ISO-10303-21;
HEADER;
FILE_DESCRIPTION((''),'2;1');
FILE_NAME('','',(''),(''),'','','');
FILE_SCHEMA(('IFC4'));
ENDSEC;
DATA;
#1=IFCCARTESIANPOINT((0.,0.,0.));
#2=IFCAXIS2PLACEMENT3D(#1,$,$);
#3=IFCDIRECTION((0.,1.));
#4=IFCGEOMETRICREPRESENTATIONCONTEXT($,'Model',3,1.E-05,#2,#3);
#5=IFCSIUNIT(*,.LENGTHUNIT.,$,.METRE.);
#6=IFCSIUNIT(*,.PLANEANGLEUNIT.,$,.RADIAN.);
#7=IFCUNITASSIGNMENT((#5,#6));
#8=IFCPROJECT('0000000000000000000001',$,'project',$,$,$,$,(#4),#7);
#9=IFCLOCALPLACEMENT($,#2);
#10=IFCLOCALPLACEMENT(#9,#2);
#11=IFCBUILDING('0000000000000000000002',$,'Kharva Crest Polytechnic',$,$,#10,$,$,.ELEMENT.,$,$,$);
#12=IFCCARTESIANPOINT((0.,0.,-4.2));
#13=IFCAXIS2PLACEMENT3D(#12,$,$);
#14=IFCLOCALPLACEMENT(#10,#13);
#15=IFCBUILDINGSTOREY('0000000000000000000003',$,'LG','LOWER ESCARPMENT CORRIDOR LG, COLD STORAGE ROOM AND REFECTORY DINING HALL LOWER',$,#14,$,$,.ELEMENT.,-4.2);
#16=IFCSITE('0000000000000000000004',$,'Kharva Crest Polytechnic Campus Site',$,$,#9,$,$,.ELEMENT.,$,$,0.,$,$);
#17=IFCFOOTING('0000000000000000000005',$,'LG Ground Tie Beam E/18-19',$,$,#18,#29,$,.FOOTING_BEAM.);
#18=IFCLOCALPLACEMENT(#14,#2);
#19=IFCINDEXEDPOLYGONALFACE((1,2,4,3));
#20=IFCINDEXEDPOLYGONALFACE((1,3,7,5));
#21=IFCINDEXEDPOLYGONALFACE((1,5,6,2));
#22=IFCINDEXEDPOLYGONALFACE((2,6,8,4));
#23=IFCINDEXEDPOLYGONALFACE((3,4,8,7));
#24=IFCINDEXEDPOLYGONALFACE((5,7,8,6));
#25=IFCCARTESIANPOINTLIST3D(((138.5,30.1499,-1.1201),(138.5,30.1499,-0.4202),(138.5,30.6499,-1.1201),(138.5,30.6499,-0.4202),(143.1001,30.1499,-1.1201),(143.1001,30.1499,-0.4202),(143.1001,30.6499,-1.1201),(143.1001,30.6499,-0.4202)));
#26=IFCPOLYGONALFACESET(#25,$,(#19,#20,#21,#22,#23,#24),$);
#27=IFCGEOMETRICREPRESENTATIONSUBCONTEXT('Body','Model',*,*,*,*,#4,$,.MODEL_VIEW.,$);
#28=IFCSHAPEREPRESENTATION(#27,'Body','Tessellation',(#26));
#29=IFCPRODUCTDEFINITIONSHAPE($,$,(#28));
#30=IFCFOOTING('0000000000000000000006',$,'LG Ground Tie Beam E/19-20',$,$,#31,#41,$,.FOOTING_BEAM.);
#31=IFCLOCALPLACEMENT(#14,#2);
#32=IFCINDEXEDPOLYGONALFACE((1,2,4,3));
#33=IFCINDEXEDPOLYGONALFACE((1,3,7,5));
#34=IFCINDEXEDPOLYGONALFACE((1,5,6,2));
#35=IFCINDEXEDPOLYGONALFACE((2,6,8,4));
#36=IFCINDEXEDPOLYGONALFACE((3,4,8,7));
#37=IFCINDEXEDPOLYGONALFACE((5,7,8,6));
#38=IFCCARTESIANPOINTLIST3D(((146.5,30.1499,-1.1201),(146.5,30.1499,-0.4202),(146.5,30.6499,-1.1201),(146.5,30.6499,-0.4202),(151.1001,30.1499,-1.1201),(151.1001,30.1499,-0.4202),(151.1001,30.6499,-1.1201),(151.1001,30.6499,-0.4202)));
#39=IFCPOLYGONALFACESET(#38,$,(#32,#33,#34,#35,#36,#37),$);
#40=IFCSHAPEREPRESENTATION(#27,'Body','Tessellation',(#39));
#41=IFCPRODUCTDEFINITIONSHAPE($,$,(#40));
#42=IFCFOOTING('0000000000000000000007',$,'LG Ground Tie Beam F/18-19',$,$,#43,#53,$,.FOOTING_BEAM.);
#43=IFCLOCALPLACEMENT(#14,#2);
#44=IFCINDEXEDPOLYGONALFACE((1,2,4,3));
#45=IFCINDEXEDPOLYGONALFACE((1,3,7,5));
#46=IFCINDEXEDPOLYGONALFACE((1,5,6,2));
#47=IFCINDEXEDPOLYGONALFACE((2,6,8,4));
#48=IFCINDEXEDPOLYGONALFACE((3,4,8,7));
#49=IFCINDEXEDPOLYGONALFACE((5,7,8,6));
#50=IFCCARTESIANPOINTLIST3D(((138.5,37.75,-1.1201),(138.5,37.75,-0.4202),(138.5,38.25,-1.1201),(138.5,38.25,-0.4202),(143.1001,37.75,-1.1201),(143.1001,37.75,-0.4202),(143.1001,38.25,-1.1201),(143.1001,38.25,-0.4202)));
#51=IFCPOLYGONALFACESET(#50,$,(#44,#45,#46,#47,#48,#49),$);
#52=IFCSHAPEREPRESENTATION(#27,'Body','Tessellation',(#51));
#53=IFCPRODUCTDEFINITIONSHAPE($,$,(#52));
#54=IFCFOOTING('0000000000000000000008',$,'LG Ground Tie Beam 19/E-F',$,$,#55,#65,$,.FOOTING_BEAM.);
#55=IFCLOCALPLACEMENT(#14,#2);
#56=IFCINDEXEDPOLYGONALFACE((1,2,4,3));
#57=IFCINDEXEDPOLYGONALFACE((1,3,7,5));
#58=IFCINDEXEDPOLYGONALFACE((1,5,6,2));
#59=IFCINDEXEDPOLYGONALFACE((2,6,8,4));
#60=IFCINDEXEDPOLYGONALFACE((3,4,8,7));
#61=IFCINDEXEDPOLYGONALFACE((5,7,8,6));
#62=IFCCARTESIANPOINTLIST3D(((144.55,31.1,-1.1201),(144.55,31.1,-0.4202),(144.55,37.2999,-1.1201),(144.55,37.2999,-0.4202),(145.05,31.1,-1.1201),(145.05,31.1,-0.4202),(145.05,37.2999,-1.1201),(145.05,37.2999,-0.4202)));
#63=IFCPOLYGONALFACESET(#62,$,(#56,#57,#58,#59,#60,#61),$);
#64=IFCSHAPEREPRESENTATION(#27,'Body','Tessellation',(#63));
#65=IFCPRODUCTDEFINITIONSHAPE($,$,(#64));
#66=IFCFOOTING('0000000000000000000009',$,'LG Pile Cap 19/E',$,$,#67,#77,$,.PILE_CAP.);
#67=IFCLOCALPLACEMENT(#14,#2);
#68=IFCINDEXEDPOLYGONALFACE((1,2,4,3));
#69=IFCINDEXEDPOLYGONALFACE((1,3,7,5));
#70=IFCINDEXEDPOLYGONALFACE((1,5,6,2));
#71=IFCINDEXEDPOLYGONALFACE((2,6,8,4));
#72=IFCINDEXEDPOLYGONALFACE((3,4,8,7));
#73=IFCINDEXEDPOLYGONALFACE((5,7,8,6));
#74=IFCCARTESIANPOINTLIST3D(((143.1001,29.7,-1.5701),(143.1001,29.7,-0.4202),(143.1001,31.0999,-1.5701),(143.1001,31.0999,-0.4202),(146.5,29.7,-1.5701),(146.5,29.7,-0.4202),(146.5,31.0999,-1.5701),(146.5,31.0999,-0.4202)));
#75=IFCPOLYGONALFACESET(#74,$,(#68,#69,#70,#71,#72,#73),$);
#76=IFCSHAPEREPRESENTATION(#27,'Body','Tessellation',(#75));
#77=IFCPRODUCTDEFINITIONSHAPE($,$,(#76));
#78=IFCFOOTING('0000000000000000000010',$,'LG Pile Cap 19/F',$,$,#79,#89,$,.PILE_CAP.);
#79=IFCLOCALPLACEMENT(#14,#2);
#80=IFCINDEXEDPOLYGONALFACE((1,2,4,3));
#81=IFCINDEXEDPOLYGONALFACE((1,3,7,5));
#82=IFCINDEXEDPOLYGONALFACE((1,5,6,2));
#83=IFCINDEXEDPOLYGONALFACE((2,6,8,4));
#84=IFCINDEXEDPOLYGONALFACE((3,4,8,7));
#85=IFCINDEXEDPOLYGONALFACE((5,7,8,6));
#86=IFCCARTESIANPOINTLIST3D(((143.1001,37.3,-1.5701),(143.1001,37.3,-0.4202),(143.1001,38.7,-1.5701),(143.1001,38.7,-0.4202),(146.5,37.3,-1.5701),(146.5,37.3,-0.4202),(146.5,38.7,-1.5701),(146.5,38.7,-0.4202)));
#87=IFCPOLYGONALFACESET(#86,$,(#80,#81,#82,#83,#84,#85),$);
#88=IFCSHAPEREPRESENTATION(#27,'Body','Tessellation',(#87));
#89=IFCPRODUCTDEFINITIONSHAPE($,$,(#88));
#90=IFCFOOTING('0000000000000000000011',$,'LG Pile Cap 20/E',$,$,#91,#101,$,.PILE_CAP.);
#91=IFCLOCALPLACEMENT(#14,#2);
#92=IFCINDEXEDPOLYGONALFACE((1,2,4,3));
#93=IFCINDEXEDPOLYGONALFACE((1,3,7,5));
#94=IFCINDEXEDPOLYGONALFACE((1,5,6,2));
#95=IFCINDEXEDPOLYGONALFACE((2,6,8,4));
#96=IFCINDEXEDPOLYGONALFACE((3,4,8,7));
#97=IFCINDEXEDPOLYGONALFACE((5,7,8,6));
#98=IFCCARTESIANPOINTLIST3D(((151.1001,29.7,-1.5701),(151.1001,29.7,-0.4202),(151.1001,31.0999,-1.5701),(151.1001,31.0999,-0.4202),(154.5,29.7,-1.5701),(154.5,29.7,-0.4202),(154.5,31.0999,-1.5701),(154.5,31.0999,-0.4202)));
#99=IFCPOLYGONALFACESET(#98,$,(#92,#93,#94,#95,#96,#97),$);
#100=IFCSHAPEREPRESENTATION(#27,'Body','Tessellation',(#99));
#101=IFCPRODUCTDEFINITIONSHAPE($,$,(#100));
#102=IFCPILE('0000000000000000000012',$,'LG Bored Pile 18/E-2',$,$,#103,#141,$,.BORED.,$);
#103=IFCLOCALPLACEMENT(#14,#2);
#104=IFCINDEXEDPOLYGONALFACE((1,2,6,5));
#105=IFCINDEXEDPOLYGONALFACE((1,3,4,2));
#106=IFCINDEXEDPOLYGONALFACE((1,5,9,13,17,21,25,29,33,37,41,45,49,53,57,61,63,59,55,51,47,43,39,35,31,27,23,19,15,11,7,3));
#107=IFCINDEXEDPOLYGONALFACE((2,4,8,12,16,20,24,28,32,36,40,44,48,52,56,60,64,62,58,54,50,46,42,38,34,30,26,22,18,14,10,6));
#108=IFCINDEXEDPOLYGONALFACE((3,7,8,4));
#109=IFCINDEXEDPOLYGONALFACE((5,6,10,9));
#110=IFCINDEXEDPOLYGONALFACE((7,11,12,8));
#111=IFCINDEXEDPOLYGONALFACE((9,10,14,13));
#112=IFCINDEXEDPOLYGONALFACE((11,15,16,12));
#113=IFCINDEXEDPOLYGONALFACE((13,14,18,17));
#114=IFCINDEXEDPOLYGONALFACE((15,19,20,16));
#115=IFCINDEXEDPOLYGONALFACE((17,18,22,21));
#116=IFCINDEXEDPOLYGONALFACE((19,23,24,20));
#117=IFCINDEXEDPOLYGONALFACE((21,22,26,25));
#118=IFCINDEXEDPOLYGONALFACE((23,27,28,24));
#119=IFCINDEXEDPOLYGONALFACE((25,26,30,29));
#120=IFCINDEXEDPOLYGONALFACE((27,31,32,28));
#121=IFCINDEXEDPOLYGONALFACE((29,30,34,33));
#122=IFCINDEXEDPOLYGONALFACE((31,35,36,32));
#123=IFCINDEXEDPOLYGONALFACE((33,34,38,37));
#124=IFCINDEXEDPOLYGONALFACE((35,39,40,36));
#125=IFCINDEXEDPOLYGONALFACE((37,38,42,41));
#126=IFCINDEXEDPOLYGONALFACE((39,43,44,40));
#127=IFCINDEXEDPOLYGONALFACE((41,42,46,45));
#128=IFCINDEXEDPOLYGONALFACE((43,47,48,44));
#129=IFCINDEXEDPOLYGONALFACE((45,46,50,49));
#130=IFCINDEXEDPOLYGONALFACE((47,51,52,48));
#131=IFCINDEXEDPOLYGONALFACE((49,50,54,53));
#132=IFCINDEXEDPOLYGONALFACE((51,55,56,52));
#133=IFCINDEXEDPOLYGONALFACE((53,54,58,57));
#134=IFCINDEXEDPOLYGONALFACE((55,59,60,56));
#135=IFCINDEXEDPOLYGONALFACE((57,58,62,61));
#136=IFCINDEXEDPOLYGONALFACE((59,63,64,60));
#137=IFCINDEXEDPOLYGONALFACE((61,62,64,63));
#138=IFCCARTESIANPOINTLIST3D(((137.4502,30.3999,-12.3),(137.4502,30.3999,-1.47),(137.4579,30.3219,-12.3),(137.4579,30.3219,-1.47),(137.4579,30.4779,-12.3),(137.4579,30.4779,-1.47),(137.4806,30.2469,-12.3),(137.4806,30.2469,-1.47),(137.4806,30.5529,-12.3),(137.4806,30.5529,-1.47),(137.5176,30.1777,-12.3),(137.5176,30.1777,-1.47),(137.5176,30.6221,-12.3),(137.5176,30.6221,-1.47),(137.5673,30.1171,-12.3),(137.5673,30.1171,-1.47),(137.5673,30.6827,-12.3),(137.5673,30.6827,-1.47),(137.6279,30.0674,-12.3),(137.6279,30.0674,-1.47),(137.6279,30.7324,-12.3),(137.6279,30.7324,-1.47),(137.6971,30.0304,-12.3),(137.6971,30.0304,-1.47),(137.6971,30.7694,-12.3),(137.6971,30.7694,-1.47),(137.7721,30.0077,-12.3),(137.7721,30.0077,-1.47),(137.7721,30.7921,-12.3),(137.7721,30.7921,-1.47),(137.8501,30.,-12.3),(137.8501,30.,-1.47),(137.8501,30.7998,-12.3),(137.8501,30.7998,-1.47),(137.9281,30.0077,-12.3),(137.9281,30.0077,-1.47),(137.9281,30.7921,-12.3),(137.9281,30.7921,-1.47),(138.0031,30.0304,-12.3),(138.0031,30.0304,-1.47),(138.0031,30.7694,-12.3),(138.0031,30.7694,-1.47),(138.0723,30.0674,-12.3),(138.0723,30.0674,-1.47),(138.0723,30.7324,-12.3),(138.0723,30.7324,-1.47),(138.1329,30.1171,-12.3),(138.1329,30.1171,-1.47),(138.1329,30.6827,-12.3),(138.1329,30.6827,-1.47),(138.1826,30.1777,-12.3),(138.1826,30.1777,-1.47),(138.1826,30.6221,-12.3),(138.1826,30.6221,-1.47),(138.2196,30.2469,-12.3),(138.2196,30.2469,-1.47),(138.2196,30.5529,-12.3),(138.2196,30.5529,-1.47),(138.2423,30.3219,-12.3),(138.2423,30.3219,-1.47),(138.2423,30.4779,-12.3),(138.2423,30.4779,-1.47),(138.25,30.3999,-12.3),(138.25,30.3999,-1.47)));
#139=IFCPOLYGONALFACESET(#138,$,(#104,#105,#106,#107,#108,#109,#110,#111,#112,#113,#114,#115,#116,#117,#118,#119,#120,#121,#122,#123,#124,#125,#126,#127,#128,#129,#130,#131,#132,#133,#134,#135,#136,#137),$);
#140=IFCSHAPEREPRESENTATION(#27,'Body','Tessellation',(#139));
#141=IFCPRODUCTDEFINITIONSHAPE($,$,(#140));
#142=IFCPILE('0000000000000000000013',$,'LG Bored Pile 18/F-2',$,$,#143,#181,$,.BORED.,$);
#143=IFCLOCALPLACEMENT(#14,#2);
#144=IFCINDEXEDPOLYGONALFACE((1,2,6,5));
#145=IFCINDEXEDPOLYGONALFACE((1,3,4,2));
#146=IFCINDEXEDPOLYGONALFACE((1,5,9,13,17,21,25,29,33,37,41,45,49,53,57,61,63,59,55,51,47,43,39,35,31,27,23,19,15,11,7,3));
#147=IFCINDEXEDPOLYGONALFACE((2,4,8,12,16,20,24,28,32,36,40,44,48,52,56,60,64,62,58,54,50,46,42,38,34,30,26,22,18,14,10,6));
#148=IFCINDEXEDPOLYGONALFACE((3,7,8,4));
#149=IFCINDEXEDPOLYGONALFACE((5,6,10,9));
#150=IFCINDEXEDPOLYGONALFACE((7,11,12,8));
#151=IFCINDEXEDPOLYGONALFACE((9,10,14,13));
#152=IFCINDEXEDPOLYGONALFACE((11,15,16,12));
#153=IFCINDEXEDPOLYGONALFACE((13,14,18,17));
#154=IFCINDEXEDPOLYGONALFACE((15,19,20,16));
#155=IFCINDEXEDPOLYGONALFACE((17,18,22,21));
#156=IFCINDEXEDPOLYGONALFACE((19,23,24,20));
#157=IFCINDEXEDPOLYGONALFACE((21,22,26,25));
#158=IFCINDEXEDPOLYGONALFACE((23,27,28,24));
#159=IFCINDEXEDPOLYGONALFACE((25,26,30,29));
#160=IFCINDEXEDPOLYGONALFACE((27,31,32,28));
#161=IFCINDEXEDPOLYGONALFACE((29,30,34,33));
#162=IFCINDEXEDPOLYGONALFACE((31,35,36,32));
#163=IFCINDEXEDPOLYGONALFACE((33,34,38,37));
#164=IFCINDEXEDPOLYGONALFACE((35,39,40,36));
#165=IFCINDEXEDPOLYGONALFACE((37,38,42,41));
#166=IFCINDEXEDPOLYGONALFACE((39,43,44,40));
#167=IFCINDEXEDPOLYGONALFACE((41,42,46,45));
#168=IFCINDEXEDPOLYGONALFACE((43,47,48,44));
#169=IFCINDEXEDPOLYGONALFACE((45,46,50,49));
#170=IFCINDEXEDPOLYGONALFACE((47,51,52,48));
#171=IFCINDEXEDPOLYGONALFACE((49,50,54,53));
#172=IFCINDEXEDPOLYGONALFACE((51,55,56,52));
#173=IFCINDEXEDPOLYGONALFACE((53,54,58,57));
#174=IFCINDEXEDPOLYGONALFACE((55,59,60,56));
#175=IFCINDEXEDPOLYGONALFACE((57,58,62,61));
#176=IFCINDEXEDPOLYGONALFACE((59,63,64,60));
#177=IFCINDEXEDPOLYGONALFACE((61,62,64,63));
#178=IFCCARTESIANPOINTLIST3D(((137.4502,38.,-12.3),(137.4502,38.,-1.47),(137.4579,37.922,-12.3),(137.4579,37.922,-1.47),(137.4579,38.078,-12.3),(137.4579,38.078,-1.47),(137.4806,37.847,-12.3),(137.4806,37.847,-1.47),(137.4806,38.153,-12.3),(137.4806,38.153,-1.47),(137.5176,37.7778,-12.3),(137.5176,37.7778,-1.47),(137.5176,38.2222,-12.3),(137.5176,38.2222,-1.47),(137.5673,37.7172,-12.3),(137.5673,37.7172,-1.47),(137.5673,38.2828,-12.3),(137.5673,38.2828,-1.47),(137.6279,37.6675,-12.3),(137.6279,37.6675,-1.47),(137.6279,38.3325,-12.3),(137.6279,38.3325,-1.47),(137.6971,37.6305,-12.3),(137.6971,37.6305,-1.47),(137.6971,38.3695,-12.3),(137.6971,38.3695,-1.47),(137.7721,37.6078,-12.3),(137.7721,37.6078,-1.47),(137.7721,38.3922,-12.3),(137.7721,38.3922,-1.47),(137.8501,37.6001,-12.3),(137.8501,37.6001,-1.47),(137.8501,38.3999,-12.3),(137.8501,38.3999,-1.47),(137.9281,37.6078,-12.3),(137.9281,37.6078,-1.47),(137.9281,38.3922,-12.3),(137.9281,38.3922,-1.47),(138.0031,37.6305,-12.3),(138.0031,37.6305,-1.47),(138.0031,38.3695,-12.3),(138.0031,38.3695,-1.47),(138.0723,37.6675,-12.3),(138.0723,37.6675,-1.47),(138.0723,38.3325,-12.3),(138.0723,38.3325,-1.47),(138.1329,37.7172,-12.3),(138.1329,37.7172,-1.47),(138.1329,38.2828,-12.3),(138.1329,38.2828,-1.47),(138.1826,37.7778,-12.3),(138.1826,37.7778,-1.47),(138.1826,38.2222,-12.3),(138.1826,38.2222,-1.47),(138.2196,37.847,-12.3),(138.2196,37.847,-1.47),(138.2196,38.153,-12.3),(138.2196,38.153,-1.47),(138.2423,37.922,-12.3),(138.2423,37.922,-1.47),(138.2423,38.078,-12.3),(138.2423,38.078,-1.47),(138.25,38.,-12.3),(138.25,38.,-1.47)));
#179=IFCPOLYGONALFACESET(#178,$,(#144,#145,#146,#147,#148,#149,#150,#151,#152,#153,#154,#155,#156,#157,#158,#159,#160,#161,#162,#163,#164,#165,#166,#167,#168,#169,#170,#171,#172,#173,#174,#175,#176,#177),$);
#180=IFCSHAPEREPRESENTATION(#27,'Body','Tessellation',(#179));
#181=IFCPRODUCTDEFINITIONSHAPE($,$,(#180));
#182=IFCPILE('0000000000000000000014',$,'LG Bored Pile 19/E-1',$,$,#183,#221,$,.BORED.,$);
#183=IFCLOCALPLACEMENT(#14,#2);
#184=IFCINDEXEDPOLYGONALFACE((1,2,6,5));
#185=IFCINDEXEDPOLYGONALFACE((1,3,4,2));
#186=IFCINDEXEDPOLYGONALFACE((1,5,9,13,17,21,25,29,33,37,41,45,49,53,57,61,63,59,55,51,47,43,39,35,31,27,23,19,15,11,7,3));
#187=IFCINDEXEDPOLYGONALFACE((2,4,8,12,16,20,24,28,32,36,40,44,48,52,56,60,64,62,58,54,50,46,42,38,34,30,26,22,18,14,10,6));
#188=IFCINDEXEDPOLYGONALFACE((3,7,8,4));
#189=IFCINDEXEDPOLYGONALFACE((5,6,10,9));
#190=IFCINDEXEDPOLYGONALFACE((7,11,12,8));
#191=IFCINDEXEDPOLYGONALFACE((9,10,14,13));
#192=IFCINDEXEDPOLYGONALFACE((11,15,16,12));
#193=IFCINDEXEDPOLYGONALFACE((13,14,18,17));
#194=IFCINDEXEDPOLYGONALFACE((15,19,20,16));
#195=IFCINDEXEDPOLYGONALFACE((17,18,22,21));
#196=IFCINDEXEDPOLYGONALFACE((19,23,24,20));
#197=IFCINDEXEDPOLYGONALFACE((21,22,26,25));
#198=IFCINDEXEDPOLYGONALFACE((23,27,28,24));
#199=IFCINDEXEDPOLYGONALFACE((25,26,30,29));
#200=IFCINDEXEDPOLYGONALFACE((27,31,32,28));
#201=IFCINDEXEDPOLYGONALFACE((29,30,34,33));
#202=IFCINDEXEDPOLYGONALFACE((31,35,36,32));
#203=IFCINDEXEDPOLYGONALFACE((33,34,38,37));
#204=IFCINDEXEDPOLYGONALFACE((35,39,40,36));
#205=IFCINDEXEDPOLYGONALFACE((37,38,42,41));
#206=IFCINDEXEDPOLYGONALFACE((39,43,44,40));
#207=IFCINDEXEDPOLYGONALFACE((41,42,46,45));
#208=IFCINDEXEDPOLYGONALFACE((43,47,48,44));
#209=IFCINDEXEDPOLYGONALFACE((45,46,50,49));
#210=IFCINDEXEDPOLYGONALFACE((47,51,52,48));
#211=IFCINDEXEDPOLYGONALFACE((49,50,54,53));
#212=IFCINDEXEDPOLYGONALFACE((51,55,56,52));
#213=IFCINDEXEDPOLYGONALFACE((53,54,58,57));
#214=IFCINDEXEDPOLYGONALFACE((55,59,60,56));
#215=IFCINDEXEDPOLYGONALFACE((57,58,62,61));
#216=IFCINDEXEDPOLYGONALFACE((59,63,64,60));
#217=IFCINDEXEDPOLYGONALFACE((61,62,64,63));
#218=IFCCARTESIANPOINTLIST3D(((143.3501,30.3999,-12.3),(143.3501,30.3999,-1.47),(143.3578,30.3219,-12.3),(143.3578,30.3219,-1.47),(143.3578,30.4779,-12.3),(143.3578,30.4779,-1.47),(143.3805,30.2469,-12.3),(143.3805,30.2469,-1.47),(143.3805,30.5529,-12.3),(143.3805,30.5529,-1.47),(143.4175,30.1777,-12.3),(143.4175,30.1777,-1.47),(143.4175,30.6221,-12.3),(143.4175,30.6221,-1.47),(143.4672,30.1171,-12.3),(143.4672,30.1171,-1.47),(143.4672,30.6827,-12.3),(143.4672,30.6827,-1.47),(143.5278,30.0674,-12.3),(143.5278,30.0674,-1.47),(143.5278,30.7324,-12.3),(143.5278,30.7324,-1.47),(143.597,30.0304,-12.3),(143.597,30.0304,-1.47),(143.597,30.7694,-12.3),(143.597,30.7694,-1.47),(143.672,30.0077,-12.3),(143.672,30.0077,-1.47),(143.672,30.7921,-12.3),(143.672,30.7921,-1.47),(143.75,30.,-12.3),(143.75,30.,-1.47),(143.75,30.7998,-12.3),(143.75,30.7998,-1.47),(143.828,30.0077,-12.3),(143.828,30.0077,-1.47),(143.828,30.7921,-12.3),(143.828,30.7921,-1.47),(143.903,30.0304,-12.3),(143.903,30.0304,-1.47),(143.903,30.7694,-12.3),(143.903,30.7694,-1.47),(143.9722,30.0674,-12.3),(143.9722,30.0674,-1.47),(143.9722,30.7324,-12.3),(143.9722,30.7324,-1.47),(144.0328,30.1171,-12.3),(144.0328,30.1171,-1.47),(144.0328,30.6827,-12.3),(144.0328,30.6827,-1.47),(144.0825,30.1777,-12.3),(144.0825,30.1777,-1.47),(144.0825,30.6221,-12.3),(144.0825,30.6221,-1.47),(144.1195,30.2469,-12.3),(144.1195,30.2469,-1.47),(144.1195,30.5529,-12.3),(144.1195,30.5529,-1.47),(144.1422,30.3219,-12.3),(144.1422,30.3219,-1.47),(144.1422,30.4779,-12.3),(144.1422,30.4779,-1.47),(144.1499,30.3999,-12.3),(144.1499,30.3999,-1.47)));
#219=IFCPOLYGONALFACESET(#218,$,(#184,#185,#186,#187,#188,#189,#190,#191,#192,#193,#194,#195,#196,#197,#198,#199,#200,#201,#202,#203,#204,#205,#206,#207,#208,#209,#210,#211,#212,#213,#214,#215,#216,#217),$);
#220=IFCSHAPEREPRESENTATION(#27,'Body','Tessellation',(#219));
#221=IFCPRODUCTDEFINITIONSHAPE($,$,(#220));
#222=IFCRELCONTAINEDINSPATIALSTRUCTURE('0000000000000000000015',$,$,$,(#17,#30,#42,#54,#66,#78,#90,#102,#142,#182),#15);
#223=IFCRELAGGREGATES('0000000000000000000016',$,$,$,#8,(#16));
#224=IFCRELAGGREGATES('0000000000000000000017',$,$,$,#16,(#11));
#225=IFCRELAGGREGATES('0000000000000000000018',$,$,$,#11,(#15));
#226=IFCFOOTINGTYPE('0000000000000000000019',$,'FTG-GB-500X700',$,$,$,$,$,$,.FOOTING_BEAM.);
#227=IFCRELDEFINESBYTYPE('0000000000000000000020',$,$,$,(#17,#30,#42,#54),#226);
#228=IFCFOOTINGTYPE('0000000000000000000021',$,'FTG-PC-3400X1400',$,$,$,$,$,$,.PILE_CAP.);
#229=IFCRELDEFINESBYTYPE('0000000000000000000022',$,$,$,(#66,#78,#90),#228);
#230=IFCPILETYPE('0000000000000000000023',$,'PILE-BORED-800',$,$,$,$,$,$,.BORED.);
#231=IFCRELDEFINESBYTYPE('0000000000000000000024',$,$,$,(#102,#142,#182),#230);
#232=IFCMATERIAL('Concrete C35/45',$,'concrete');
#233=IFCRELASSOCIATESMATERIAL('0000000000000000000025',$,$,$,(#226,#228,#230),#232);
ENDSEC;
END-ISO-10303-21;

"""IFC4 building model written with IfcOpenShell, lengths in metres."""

from ifc_helpers import new_model, si_unit, direction, frame, origin, origin_2d, place, context, subcontext, project, spatial, rectangle, circle, extrude, material, material_profile, profile_set, type_object, element, save


model = new_model("IFC4")

# Units and contexts
model_context = context("Model", 3, precision=1e-05, world=origin(), true_north=direction((0.0, 1.0)))
body_context = subcontext(model_context, "Body", "Model", "MODEL_VIEW")
ifc_project = project(units=[si_unit("LENGTHUNIT", "METRE"), si_unit("PLANEANGLEUNIT", "RADIAN")], contexts=[model_context])

# Site, building, storey
site_placement = place(None, origin())
site = spatial("IfcSite", under=ifc_project, at=site_placement, Name="Kharva Crest Polytechnic Campus Site", CompositionType="ELEMENT", RefElevation=0.0)
building_placement = place(site_placement, origin())
building = spatial("IfcBuilding", under=site, at=building_placement, Name="Kharva Crest Polytechnic", CompositionType="ELEMENT")
storey_placement = place(building_placement, frame((0.0, 0.0, -4.2)))
storey = spatial("IfcBuildingStorey", under=building, at=storey_placement, Name="LG", Description="LOWER ESCARPMENT CORRIDOR LG, COLD STORAGE ROOM AND REFECTORY DINING HALL LOWER", CompositionType="ELEMENT", Elevation=-4.2)

# Footings
ifc_material_1 = material(Name="Concrete C35/45", Category="concrete")
footing_type_1 = type_object("IfcFootingType", Name="FTG-GB-500X700", PredefinedType="FOOTING_BEAM", material=ifc_material_1)
for number, where, z_axis, x_axis, name in (
    (1, (140.8, 30.3999, -1.1201), (0.0, 0.0, 1.0), (1.0, 0.0, 0.0), "LG Ground Tie Beam E/18-19"),
    (2, (148.8, 30.3999, -1.1201), (0.0, 0.0, 1.0), (1.0, 0.0, 0.0), "LG Ground Tie Beam E/19-20"),
    (3, (140.8, 38.0, -1.1201), (0.0, 0.0, 1.0), (1.0, 0.0, 0.0), "LG Ground Tie Beam F/18-19"),
):
    element("IfcFooting", number, at=place(storey_placement, frame(where, z_axis=z_axis, x_axis=x_axis)), inside=storey, type_object=footing_type_1, Name=name, PredefinedType="FOOTING_BEAM", context=body_context, shape_type="SweptSolid", body=[
        extrude(rectangle(XDim=4.6001, YDim=0.5, at=origin_2d()), origin(), (0.0, 0.0, 1.0), 0.7),
    ])
footing_placement = place(storey_placement, frame((144.8, 34.2, -1.1201), z_axis=(0.0, 0.0, 1.0), x_axis=(0.0, 1.0, 0.0)))
element("IfcFooting", 4, at=footing_placement, inside=storey, type_object=footing_type_1, Name="LG Ground Tie Beam 19/E-F", PredefinedType="FOOTING_BEAM", context=body_context, shape_type="SweptSolid", body=[
    extrude(rectangle(XDim=6.2, YDim=0.5, at=origin_2d()), origin(), (0.0, 0.0, 1.0), 0.7),
])
footing_type_2 = type_object("IfcFootingType", Name="FTG-PC-3400X1400", PredefinedType="PILE_CAP", material=ifc_material_1)
for number, where, z_axis, x_axis, name in (
    (5, (144.8, 30.3999, -1.5701), (0.0, 0.0, 1.0), (1.0, 0.0, 0.0), "LG Pile Cap 19/E"),
    (6, (144.8, 38.0, -1.5701), (0.0, 0.0, 1.0), (1.0, 0.0, 0.0), "LG Pile Cap 19/F"),
    (7, (152.8, 30.3999, -1.5701), (0.0, 0.0, 1.0), (1.0, 0.0, 0.0), "LG Pile Cap 20/E"),
):
    element("IfcFooting", number, at=place(storey_placement, frame(where, z_axis=z_axis, x_axis=x_axis)), inside=storey, type_object=footing_type_2, Name=name, PredefinedType="PILE_CAP", context=body_context, shape_type="SweptSolid", body=[
        extrude(rectangle(XDim=3.3999, YDim=1.3999, at=origin_2d()), origin(), (0.0, 0.0, 1.0), 1.1499),
    ])

# Piles
ifc_material_profile_1 = material_profile(ifc_material_1, circle(Radius=0.3999, at=origin_2d()), Name="DIA 800")
ifc_profile_set_1 = profile_set([ifc_material_profile_1], Name="Concrete C35/45")
pile_type = type_object("IfcPileType", Name="PILE-BORED-800", PredefinedType="BORED", material=ifc_profile_set_1)
for number, where, z_axis, x_axis, name in (
    (8, (137.8501, 30.3999, -1.47), (0.0, 0.0, -1.0), (1.0, 0.0, 0.0), "LG Bored Pile 18/E-2"),
    (9, (137.8501, 38.0, -1.47), (0.0, 0.0, -1.0), (1.0, 0.0, 0.0), "LG Bored Pile 18/F-2"),
    (10, (143.75, 30.3999, -1.47), (0.0, 0.0, -1.0), (1.0, 0.0, 0.0), "LG Bored Pile 19/E-1"),
):
    element("IfcPile", number, at=place(storey_placement, frame(where, z_axis=z_axis, x_axis=x_axis)), inside=storey, type_object=pile_type, Name=name, PredefinedType="BORED", context=body_context, shape_type="SweptSolid", body=[
        extrude(circle(Radius=0.3999, at=origin_2d()), origin(), (0.0, 0.0, 1.0), 10.8301),
    ])

save(model, "model.ifc")
